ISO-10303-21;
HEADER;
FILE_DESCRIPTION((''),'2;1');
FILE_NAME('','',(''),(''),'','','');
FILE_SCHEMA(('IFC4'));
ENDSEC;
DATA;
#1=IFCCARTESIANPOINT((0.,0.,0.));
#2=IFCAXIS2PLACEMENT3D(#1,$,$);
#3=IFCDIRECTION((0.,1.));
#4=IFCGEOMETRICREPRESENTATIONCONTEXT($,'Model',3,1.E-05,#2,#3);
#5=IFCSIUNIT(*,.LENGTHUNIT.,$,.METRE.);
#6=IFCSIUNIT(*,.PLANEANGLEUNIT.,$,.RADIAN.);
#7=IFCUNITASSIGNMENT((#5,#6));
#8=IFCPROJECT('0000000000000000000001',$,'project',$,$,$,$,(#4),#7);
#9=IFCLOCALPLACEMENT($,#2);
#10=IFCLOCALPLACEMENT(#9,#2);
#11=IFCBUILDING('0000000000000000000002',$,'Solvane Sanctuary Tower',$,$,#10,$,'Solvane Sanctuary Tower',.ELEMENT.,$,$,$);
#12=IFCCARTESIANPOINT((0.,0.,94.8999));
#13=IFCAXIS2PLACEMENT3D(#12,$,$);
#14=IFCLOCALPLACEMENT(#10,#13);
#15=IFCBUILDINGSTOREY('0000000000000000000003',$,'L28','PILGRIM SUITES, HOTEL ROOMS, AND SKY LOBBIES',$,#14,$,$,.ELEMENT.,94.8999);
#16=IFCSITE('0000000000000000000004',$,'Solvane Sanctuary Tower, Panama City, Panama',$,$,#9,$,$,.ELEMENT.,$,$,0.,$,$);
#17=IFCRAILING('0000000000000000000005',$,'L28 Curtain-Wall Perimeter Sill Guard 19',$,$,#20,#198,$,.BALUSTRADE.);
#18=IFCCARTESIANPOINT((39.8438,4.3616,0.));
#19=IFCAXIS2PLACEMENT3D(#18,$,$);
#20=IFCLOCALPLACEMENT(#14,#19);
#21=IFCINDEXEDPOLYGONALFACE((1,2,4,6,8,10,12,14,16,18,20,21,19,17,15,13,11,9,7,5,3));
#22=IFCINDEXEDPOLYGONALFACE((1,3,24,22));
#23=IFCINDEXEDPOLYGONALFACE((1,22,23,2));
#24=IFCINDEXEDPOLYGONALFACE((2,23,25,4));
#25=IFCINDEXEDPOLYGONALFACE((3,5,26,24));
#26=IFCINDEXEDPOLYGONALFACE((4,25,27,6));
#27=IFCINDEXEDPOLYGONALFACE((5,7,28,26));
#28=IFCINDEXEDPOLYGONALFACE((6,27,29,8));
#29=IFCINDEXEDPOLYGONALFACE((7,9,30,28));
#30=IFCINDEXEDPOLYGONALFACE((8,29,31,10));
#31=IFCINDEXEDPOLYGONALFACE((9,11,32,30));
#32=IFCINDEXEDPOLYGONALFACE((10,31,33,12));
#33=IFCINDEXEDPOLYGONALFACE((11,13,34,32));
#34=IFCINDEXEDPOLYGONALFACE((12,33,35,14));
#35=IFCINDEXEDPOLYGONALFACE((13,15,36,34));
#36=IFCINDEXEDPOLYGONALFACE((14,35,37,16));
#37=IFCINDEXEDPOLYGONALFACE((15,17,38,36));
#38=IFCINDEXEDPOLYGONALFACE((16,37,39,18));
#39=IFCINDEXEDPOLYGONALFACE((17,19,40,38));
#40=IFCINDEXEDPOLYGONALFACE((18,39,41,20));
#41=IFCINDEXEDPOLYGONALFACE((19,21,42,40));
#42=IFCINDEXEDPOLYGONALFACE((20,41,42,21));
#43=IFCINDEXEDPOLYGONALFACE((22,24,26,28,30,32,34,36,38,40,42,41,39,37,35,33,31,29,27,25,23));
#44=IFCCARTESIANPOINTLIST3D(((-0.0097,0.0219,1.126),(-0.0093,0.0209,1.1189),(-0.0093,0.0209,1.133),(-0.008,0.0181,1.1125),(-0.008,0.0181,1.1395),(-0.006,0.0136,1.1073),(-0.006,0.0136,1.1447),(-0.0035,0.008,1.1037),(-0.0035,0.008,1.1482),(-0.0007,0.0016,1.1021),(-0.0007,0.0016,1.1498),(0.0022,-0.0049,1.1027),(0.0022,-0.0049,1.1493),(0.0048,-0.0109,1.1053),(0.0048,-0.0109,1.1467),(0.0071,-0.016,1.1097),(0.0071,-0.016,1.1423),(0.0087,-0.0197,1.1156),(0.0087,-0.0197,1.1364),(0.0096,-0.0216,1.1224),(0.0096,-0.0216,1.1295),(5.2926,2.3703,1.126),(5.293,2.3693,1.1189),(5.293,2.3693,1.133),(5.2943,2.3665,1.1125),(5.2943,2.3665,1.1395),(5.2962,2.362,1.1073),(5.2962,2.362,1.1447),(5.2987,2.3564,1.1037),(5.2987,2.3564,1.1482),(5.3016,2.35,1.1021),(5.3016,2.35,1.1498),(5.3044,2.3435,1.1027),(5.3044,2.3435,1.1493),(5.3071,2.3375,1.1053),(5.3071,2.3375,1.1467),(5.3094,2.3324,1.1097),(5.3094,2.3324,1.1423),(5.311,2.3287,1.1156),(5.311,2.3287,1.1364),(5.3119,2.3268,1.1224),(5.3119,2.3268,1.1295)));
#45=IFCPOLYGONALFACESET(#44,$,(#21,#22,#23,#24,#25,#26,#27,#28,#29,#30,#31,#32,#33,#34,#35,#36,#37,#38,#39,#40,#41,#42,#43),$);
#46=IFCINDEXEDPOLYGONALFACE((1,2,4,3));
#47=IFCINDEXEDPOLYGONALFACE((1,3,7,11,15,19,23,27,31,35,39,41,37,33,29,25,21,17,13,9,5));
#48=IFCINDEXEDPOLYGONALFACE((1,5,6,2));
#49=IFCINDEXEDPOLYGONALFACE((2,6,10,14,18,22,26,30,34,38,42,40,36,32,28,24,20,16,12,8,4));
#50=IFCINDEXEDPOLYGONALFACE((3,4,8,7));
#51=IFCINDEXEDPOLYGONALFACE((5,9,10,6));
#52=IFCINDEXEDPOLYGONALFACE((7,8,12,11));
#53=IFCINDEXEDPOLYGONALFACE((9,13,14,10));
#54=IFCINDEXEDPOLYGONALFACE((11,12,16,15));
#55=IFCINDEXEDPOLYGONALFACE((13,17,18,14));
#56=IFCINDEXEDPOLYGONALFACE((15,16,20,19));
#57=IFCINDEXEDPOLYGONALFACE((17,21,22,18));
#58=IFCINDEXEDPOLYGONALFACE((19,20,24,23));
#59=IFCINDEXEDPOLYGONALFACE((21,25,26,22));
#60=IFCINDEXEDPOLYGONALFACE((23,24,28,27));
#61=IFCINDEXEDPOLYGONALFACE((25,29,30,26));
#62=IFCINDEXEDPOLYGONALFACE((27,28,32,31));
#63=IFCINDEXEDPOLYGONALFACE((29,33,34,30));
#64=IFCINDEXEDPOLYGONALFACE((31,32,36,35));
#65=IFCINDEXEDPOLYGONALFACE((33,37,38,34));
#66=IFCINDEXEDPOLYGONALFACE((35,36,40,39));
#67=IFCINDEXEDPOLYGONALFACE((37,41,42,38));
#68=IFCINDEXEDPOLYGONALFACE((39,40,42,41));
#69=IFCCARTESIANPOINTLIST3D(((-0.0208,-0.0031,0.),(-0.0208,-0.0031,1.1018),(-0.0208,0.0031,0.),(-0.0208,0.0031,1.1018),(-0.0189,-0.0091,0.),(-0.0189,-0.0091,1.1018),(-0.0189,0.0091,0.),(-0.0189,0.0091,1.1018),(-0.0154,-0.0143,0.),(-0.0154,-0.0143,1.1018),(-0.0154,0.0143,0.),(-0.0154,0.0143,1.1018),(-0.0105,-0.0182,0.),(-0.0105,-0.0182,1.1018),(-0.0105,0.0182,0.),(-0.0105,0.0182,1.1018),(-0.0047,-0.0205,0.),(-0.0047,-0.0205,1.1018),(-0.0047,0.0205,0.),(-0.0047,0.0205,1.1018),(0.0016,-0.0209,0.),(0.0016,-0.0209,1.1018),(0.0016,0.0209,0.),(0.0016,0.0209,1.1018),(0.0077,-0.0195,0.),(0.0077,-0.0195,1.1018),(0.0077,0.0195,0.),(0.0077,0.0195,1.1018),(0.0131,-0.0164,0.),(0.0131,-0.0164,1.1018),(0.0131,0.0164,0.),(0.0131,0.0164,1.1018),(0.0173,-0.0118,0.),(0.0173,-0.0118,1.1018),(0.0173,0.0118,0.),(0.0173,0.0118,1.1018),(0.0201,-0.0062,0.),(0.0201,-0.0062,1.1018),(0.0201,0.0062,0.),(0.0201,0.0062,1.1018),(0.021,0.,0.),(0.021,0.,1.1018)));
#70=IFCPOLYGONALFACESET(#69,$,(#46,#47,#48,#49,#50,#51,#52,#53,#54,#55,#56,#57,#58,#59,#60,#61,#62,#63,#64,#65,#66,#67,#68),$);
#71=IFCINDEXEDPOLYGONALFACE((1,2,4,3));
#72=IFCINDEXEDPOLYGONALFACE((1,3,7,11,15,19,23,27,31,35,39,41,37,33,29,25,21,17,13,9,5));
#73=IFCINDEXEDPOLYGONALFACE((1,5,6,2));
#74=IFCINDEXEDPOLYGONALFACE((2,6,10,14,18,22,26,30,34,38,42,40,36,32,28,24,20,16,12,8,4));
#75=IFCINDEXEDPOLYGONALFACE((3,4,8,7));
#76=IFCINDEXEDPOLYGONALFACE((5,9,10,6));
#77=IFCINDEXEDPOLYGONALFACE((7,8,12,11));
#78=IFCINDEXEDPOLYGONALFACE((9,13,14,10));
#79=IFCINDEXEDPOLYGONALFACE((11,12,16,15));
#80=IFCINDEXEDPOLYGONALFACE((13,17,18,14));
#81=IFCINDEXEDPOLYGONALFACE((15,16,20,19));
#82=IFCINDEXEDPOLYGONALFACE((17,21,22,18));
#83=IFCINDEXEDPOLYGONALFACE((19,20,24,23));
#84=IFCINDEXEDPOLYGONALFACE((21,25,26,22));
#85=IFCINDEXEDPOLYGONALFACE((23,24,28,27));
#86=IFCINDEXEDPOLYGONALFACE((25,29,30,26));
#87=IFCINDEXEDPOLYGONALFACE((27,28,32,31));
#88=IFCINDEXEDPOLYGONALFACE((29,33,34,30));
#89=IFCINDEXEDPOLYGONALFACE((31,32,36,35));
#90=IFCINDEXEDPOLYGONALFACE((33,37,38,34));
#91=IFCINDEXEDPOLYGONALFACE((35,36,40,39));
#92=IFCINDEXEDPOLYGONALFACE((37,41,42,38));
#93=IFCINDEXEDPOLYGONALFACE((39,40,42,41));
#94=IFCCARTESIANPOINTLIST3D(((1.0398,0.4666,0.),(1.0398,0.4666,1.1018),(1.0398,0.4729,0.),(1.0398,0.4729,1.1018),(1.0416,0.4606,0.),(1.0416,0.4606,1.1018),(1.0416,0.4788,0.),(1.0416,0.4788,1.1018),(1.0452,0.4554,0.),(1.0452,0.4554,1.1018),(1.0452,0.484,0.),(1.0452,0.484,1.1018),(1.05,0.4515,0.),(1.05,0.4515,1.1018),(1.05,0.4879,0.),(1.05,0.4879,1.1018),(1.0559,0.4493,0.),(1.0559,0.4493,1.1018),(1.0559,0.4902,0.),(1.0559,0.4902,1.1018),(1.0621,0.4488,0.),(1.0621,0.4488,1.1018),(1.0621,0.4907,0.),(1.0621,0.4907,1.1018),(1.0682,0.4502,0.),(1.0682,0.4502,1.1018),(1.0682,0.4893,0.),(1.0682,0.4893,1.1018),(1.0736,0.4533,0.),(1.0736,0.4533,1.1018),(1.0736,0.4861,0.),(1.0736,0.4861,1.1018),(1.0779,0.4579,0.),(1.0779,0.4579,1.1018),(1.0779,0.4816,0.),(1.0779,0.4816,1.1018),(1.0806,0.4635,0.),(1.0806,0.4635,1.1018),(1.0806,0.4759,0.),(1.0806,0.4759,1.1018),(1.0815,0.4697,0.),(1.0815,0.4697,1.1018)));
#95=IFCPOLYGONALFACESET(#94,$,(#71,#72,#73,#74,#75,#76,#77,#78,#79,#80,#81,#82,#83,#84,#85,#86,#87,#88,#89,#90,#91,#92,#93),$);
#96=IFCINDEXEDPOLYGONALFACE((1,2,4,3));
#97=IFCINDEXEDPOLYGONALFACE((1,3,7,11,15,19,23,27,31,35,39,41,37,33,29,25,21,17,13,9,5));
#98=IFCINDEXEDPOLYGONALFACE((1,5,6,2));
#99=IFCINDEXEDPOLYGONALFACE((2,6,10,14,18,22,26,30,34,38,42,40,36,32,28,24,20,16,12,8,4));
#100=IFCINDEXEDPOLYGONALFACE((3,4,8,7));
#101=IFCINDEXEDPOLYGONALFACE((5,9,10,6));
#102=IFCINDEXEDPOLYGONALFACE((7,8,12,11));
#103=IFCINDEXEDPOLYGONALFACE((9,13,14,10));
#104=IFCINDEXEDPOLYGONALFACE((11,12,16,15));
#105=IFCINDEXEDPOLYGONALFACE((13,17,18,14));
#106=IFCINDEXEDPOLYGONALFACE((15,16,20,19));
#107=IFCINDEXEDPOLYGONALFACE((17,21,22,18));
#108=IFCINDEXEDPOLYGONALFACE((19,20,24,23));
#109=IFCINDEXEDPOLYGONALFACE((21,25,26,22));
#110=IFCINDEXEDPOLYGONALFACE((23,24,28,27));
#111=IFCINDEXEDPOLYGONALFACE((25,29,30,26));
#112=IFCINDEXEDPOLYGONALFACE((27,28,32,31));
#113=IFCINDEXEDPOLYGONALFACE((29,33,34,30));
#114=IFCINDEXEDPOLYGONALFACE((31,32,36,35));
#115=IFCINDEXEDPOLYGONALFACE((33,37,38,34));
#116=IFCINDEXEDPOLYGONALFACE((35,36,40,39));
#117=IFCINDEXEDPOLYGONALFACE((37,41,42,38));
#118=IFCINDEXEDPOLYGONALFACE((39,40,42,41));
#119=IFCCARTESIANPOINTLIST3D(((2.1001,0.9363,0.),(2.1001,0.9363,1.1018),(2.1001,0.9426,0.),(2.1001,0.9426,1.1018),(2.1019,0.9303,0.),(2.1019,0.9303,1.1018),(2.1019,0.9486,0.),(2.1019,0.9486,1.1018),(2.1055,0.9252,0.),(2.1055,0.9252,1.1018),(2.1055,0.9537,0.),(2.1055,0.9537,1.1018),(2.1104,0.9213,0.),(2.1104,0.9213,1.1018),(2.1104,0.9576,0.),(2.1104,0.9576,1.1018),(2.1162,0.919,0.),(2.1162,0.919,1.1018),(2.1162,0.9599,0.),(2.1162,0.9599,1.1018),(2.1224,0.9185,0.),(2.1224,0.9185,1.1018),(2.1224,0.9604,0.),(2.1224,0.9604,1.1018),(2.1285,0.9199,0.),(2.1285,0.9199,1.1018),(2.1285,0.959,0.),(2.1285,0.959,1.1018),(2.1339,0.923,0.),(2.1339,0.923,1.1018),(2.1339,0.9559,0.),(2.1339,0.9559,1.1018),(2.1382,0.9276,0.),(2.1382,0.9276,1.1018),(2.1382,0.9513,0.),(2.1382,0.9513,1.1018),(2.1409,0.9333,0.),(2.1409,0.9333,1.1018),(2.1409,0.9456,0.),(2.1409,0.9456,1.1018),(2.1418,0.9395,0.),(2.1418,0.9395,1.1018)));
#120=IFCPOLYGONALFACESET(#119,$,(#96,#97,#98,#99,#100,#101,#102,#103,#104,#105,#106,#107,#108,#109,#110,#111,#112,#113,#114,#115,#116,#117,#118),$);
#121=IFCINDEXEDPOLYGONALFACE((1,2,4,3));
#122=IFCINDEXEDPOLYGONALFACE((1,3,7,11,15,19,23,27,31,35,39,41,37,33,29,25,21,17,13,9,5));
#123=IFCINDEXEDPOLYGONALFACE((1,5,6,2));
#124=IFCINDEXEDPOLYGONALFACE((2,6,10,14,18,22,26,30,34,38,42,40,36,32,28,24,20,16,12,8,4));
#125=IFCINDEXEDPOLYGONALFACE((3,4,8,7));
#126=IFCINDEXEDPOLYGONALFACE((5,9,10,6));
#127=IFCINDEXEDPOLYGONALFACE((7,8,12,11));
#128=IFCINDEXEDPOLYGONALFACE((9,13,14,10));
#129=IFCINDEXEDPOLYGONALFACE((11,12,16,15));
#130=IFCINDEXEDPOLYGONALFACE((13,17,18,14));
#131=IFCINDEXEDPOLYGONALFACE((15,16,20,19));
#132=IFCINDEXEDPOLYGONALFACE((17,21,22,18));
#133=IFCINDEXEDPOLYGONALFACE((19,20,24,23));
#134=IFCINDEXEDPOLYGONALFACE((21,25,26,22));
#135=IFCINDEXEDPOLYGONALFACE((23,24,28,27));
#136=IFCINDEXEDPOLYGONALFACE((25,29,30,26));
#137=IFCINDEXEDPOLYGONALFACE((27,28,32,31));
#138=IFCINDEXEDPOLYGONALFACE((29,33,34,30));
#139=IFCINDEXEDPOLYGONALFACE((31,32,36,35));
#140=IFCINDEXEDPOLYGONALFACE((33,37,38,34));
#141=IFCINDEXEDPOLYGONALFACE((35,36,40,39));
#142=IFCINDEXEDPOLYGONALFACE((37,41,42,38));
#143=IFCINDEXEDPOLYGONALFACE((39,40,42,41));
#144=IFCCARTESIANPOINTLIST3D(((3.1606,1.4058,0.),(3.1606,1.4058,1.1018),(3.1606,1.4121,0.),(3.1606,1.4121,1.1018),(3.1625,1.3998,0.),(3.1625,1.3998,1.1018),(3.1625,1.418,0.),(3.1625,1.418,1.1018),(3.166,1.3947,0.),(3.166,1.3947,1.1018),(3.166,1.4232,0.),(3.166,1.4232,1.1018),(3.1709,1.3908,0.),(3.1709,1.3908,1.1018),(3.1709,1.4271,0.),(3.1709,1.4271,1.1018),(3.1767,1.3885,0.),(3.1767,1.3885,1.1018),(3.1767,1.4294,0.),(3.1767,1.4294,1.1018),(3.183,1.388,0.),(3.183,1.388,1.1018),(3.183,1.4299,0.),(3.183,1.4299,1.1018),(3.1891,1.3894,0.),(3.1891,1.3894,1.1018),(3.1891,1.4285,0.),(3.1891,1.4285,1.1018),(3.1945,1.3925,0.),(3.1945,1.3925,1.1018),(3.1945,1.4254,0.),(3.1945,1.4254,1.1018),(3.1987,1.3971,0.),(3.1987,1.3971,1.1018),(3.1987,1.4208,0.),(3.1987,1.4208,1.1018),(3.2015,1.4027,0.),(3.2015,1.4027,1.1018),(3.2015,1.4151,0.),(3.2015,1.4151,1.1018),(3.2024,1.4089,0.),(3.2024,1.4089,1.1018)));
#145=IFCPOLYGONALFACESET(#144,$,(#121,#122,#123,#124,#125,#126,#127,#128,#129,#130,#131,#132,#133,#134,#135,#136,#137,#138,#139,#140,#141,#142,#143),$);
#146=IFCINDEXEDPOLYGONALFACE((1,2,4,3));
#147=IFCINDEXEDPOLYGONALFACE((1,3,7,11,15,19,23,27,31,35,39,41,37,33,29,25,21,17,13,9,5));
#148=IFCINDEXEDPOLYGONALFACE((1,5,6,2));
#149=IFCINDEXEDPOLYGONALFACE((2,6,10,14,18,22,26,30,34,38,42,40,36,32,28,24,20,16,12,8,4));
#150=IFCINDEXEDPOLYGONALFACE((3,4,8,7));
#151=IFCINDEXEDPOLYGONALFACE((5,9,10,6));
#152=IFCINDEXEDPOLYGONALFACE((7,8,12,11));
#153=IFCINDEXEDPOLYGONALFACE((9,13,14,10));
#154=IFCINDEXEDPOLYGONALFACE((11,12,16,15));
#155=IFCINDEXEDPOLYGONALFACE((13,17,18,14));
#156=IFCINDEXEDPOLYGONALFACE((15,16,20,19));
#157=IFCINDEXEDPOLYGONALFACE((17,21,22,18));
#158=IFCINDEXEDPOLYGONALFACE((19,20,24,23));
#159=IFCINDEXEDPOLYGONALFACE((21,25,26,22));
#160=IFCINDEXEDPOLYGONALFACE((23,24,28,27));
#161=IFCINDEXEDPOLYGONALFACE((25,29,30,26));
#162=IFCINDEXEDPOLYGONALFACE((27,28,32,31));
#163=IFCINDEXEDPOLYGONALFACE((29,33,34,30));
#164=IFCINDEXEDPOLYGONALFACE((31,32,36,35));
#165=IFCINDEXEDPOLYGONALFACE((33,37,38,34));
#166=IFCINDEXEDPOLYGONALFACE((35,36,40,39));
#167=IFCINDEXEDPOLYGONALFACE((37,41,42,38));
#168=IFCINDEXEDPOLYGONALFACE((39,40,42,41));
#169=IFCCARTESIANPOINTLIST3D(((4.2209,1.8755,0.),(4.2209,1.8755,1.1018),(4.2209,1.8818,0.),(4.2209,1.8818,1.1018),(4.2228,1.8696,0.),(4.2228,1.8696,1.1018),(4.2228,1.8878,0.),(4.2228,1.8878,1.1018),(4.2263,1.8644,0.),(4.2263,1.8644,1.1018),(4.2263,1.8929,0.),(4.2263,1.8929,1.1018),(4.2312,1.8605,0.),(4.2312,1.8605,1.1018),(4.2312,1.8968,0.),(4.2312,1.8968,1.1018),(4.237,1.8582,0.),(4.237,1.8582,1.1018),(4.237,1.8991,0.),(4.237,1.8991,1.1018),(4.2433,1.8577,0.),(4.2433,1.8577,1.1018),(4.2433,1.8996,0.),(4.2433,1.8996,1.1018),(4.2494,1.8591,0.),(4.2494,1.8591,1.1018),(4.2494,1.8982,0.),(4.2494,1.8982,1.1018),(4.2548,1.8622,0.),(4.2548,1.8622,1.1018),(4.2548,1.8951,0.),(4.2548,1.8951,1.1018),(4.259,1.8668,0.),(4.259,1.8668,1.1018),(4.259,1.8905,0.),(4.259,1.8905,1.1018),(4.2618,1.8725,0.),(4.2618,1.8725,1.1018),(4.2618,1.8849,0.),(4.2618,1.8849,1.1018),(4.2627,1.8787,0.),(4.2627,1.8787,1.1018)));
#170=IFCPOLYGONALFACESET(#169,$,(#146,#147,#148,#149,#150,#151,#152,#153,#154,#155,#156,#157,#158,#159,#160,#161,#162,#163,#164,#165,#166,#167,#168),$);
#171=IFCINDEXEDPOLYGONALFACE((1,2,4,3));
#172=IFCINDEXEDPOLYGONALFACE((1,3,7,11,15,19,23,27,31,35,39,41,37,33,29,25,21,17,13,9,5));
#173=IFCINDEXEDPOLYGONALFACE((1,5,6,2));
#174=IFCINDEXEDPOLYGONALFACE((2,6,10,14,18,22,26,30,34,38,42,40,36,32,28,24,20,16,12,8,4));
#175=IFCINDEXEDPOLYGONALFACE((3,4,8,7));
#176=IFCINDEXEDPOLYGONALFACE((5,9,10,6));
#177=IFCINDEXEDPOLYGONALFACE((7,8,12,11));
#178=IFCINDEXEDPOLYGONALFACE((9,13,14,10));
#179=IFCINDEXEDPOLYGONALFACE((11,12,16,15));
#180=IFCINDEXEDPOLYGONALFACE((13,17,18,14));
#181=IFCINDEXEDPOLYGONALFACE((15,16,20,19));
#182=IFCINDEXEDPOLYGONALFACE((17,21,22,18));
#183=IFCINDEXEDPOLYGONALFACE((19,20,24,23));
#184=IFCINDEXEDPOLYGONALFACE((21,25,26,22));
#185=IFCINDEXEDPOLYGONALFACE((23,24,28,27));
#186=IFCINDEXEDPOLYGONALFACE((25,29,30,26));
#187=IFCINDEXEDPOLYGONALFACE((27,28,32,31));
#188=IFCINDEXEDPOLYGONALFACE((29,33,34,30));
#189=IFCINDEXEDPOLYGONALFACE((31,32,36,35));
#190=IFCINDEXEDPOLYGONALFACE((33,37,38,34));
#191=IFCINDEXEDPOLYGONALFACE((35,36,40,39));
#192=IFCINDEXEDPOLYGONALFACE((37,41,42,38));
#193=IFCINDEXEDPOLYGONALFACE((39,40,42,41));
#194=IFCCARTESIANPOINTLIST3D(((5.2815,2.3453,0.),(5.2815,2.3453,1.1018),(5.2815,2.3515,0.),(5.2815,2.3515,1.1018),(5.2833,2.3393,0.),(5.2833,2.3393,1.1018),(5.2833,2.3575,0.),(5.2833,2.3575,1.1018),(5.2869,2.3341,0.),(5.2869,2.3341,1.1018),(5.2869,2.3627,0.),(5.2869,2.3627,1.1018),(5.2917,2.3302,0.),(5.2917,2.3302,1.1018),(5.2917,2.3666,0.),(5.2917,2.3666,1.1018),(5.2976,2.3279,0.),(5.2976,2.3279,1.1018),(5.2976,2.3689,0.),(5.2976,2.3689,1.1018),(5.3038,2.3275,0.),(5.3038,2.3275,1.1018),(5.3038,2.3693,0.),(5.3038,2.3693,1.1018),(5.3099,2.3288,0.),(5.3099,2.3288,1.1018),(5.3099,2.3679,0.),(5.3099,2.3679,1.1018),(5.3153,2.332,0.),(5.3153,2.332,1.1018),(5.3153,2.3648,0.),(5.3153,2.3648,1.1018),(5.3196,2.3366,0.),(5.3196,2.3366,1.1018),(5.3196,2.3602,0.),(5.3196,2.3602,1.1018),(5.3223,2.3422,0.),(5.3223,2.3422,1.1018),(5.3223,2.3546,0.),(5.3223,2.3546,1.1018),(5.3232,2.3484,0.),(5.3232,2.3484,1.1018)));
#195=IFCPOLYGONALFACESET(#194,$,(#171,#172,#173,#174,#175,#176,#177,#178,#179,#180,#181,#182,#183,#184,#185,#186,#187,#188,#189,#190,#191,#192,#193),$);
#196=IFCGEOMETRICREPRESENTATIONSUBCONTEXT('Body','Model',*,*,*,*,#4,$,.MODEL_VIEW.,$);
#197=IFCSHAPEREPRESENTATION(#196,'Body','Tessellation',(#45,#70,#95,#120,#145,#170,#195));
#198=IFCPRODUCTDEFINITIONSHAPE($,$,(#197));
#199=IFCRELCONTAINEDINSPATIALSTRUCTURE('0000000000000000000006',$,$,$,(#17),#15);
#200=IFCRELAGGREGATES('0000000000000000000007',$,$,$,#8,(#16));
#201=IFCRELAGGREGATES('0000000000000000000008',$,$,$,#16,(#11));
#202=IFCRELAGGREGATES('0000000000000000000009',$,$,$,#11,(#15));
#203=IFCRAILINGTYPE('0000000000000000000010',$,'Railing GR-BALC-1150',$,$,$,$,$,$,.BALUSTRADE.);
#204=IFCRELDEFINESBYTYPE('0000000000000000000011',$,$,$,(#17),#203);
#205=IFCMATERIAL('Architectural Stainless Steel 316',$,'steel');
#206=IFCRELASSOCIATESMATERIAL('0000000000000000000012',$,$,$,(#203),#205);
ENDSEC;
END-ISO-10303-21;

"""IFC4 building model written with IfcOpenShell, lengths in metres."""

from ifc_helpers import new_model, si_unit, direction, frame, origin, origin_2d, place, context, subcontext, project, spatial, circle, extrude, material, type_object, element, save


model = new_model("IFC4")

# Units and contexts
model_context = context("Model", 3, precision=1e-05, world=origin(), true_north=direction((0.0, 1.0)))
body_context = subcontext(model_context, "Body", "Model", "MODEL_VIEW")
ifc_project = project(units=[si_unit("LENGTHUNIT", "METRE"), si_unit("PLANEANGLEUNIT", "RADIAN")], contexts=[model_context])

# Site, building, storey
site_placement = place(None, origin())
site = spatial("IfcSite", under=ifc_project, at=site_placement, Name="Solvane Sanctuary Tower, Panama City, Panama", CompositionType="ELEMENT", RefElevation=0.0)
building_placement = place(site_placement, origin())
building = spatial("IfcBuilding", under=site, at=building_placement, Name="Solvane Sanctuary Tower", LongName="Solvane Sanctuary Tower", CompositionType="ELEMENT")
storey_placement = place(building_placement, frame((0.0, 0.0, 94.8999)))
storey = spatial("IfcBuildingStorey", under=building, at=storey_placement, Name="L28", Description="PILGRIM SUITES, HOTEL ROOMS, AND SKY LOBBIES", CompositionType="ELEMENT", Elevation=94.8999)

# Railing
ifc_material_1 = material(Name="Architectural Stainless Steel 316", Category="steel")
railing_type = type_object("IfcRailingType", Name="Railing GR-BALC-1150", PredefinedType="BALUSTRADE", material=ifc_material_1)
railing_placement = place(storey_placement, frame((39.8438, 4.3616, 0.0)))
element("IfcRailing", 1, at=railing_placement, inside=storey, type_object=railing_type, Name="L28 Curtain-Wall Perimeter Sill Guard 19", PredefinedType="BALUSTRADE", context=body_context, shape_type="SweptSolid", body=[
    extrude(circle(Radius=0.0239, at=origin_2d()), frame((0.0, 0.0, 1.126), z_axis=(0.914333, 0.404962, 0.0), x_axis=(-0.404962, 0.914333, 0.0)), (0.0, 0.0, 1.0), 5.7991),
    extrude(circle(Radius=0.021, at=origin_2d()), origin(), (0.0, 0.0, 1.0), 1.1018),
    extrude(circle(Radius=0.021, at=origin_2d()), frame((1.0605, 0.4697, 0.0)), (0.0, 0.0, 1.0), 1.1018),
    extrude(circle(Radius=0.021, at=origin_2d()), frame((2.1208, 0.9395, 0.0)), (0.0, 0.0, 1.0), 1.1018),
    extrude(circle(Radius=0.021, at=origin_2d()), frame((3.1814, 1.4089, 0.0)), (0.0, 0.0, 1.0), 1.1018),
    extrude(circle(Radius=0.021, at=origin_2d()), frame((4.2417, 1.8787, 0.0)), (0.0, 0.0, 1.0), 1.1018),
    extrude(circle(Radius=0.021, at=origin_2d()), frame((5.3022, 2.3484, 0.0)), (0.0, 0.0, 1.0), 1.1018),
])

save(model, "model.ifc")
